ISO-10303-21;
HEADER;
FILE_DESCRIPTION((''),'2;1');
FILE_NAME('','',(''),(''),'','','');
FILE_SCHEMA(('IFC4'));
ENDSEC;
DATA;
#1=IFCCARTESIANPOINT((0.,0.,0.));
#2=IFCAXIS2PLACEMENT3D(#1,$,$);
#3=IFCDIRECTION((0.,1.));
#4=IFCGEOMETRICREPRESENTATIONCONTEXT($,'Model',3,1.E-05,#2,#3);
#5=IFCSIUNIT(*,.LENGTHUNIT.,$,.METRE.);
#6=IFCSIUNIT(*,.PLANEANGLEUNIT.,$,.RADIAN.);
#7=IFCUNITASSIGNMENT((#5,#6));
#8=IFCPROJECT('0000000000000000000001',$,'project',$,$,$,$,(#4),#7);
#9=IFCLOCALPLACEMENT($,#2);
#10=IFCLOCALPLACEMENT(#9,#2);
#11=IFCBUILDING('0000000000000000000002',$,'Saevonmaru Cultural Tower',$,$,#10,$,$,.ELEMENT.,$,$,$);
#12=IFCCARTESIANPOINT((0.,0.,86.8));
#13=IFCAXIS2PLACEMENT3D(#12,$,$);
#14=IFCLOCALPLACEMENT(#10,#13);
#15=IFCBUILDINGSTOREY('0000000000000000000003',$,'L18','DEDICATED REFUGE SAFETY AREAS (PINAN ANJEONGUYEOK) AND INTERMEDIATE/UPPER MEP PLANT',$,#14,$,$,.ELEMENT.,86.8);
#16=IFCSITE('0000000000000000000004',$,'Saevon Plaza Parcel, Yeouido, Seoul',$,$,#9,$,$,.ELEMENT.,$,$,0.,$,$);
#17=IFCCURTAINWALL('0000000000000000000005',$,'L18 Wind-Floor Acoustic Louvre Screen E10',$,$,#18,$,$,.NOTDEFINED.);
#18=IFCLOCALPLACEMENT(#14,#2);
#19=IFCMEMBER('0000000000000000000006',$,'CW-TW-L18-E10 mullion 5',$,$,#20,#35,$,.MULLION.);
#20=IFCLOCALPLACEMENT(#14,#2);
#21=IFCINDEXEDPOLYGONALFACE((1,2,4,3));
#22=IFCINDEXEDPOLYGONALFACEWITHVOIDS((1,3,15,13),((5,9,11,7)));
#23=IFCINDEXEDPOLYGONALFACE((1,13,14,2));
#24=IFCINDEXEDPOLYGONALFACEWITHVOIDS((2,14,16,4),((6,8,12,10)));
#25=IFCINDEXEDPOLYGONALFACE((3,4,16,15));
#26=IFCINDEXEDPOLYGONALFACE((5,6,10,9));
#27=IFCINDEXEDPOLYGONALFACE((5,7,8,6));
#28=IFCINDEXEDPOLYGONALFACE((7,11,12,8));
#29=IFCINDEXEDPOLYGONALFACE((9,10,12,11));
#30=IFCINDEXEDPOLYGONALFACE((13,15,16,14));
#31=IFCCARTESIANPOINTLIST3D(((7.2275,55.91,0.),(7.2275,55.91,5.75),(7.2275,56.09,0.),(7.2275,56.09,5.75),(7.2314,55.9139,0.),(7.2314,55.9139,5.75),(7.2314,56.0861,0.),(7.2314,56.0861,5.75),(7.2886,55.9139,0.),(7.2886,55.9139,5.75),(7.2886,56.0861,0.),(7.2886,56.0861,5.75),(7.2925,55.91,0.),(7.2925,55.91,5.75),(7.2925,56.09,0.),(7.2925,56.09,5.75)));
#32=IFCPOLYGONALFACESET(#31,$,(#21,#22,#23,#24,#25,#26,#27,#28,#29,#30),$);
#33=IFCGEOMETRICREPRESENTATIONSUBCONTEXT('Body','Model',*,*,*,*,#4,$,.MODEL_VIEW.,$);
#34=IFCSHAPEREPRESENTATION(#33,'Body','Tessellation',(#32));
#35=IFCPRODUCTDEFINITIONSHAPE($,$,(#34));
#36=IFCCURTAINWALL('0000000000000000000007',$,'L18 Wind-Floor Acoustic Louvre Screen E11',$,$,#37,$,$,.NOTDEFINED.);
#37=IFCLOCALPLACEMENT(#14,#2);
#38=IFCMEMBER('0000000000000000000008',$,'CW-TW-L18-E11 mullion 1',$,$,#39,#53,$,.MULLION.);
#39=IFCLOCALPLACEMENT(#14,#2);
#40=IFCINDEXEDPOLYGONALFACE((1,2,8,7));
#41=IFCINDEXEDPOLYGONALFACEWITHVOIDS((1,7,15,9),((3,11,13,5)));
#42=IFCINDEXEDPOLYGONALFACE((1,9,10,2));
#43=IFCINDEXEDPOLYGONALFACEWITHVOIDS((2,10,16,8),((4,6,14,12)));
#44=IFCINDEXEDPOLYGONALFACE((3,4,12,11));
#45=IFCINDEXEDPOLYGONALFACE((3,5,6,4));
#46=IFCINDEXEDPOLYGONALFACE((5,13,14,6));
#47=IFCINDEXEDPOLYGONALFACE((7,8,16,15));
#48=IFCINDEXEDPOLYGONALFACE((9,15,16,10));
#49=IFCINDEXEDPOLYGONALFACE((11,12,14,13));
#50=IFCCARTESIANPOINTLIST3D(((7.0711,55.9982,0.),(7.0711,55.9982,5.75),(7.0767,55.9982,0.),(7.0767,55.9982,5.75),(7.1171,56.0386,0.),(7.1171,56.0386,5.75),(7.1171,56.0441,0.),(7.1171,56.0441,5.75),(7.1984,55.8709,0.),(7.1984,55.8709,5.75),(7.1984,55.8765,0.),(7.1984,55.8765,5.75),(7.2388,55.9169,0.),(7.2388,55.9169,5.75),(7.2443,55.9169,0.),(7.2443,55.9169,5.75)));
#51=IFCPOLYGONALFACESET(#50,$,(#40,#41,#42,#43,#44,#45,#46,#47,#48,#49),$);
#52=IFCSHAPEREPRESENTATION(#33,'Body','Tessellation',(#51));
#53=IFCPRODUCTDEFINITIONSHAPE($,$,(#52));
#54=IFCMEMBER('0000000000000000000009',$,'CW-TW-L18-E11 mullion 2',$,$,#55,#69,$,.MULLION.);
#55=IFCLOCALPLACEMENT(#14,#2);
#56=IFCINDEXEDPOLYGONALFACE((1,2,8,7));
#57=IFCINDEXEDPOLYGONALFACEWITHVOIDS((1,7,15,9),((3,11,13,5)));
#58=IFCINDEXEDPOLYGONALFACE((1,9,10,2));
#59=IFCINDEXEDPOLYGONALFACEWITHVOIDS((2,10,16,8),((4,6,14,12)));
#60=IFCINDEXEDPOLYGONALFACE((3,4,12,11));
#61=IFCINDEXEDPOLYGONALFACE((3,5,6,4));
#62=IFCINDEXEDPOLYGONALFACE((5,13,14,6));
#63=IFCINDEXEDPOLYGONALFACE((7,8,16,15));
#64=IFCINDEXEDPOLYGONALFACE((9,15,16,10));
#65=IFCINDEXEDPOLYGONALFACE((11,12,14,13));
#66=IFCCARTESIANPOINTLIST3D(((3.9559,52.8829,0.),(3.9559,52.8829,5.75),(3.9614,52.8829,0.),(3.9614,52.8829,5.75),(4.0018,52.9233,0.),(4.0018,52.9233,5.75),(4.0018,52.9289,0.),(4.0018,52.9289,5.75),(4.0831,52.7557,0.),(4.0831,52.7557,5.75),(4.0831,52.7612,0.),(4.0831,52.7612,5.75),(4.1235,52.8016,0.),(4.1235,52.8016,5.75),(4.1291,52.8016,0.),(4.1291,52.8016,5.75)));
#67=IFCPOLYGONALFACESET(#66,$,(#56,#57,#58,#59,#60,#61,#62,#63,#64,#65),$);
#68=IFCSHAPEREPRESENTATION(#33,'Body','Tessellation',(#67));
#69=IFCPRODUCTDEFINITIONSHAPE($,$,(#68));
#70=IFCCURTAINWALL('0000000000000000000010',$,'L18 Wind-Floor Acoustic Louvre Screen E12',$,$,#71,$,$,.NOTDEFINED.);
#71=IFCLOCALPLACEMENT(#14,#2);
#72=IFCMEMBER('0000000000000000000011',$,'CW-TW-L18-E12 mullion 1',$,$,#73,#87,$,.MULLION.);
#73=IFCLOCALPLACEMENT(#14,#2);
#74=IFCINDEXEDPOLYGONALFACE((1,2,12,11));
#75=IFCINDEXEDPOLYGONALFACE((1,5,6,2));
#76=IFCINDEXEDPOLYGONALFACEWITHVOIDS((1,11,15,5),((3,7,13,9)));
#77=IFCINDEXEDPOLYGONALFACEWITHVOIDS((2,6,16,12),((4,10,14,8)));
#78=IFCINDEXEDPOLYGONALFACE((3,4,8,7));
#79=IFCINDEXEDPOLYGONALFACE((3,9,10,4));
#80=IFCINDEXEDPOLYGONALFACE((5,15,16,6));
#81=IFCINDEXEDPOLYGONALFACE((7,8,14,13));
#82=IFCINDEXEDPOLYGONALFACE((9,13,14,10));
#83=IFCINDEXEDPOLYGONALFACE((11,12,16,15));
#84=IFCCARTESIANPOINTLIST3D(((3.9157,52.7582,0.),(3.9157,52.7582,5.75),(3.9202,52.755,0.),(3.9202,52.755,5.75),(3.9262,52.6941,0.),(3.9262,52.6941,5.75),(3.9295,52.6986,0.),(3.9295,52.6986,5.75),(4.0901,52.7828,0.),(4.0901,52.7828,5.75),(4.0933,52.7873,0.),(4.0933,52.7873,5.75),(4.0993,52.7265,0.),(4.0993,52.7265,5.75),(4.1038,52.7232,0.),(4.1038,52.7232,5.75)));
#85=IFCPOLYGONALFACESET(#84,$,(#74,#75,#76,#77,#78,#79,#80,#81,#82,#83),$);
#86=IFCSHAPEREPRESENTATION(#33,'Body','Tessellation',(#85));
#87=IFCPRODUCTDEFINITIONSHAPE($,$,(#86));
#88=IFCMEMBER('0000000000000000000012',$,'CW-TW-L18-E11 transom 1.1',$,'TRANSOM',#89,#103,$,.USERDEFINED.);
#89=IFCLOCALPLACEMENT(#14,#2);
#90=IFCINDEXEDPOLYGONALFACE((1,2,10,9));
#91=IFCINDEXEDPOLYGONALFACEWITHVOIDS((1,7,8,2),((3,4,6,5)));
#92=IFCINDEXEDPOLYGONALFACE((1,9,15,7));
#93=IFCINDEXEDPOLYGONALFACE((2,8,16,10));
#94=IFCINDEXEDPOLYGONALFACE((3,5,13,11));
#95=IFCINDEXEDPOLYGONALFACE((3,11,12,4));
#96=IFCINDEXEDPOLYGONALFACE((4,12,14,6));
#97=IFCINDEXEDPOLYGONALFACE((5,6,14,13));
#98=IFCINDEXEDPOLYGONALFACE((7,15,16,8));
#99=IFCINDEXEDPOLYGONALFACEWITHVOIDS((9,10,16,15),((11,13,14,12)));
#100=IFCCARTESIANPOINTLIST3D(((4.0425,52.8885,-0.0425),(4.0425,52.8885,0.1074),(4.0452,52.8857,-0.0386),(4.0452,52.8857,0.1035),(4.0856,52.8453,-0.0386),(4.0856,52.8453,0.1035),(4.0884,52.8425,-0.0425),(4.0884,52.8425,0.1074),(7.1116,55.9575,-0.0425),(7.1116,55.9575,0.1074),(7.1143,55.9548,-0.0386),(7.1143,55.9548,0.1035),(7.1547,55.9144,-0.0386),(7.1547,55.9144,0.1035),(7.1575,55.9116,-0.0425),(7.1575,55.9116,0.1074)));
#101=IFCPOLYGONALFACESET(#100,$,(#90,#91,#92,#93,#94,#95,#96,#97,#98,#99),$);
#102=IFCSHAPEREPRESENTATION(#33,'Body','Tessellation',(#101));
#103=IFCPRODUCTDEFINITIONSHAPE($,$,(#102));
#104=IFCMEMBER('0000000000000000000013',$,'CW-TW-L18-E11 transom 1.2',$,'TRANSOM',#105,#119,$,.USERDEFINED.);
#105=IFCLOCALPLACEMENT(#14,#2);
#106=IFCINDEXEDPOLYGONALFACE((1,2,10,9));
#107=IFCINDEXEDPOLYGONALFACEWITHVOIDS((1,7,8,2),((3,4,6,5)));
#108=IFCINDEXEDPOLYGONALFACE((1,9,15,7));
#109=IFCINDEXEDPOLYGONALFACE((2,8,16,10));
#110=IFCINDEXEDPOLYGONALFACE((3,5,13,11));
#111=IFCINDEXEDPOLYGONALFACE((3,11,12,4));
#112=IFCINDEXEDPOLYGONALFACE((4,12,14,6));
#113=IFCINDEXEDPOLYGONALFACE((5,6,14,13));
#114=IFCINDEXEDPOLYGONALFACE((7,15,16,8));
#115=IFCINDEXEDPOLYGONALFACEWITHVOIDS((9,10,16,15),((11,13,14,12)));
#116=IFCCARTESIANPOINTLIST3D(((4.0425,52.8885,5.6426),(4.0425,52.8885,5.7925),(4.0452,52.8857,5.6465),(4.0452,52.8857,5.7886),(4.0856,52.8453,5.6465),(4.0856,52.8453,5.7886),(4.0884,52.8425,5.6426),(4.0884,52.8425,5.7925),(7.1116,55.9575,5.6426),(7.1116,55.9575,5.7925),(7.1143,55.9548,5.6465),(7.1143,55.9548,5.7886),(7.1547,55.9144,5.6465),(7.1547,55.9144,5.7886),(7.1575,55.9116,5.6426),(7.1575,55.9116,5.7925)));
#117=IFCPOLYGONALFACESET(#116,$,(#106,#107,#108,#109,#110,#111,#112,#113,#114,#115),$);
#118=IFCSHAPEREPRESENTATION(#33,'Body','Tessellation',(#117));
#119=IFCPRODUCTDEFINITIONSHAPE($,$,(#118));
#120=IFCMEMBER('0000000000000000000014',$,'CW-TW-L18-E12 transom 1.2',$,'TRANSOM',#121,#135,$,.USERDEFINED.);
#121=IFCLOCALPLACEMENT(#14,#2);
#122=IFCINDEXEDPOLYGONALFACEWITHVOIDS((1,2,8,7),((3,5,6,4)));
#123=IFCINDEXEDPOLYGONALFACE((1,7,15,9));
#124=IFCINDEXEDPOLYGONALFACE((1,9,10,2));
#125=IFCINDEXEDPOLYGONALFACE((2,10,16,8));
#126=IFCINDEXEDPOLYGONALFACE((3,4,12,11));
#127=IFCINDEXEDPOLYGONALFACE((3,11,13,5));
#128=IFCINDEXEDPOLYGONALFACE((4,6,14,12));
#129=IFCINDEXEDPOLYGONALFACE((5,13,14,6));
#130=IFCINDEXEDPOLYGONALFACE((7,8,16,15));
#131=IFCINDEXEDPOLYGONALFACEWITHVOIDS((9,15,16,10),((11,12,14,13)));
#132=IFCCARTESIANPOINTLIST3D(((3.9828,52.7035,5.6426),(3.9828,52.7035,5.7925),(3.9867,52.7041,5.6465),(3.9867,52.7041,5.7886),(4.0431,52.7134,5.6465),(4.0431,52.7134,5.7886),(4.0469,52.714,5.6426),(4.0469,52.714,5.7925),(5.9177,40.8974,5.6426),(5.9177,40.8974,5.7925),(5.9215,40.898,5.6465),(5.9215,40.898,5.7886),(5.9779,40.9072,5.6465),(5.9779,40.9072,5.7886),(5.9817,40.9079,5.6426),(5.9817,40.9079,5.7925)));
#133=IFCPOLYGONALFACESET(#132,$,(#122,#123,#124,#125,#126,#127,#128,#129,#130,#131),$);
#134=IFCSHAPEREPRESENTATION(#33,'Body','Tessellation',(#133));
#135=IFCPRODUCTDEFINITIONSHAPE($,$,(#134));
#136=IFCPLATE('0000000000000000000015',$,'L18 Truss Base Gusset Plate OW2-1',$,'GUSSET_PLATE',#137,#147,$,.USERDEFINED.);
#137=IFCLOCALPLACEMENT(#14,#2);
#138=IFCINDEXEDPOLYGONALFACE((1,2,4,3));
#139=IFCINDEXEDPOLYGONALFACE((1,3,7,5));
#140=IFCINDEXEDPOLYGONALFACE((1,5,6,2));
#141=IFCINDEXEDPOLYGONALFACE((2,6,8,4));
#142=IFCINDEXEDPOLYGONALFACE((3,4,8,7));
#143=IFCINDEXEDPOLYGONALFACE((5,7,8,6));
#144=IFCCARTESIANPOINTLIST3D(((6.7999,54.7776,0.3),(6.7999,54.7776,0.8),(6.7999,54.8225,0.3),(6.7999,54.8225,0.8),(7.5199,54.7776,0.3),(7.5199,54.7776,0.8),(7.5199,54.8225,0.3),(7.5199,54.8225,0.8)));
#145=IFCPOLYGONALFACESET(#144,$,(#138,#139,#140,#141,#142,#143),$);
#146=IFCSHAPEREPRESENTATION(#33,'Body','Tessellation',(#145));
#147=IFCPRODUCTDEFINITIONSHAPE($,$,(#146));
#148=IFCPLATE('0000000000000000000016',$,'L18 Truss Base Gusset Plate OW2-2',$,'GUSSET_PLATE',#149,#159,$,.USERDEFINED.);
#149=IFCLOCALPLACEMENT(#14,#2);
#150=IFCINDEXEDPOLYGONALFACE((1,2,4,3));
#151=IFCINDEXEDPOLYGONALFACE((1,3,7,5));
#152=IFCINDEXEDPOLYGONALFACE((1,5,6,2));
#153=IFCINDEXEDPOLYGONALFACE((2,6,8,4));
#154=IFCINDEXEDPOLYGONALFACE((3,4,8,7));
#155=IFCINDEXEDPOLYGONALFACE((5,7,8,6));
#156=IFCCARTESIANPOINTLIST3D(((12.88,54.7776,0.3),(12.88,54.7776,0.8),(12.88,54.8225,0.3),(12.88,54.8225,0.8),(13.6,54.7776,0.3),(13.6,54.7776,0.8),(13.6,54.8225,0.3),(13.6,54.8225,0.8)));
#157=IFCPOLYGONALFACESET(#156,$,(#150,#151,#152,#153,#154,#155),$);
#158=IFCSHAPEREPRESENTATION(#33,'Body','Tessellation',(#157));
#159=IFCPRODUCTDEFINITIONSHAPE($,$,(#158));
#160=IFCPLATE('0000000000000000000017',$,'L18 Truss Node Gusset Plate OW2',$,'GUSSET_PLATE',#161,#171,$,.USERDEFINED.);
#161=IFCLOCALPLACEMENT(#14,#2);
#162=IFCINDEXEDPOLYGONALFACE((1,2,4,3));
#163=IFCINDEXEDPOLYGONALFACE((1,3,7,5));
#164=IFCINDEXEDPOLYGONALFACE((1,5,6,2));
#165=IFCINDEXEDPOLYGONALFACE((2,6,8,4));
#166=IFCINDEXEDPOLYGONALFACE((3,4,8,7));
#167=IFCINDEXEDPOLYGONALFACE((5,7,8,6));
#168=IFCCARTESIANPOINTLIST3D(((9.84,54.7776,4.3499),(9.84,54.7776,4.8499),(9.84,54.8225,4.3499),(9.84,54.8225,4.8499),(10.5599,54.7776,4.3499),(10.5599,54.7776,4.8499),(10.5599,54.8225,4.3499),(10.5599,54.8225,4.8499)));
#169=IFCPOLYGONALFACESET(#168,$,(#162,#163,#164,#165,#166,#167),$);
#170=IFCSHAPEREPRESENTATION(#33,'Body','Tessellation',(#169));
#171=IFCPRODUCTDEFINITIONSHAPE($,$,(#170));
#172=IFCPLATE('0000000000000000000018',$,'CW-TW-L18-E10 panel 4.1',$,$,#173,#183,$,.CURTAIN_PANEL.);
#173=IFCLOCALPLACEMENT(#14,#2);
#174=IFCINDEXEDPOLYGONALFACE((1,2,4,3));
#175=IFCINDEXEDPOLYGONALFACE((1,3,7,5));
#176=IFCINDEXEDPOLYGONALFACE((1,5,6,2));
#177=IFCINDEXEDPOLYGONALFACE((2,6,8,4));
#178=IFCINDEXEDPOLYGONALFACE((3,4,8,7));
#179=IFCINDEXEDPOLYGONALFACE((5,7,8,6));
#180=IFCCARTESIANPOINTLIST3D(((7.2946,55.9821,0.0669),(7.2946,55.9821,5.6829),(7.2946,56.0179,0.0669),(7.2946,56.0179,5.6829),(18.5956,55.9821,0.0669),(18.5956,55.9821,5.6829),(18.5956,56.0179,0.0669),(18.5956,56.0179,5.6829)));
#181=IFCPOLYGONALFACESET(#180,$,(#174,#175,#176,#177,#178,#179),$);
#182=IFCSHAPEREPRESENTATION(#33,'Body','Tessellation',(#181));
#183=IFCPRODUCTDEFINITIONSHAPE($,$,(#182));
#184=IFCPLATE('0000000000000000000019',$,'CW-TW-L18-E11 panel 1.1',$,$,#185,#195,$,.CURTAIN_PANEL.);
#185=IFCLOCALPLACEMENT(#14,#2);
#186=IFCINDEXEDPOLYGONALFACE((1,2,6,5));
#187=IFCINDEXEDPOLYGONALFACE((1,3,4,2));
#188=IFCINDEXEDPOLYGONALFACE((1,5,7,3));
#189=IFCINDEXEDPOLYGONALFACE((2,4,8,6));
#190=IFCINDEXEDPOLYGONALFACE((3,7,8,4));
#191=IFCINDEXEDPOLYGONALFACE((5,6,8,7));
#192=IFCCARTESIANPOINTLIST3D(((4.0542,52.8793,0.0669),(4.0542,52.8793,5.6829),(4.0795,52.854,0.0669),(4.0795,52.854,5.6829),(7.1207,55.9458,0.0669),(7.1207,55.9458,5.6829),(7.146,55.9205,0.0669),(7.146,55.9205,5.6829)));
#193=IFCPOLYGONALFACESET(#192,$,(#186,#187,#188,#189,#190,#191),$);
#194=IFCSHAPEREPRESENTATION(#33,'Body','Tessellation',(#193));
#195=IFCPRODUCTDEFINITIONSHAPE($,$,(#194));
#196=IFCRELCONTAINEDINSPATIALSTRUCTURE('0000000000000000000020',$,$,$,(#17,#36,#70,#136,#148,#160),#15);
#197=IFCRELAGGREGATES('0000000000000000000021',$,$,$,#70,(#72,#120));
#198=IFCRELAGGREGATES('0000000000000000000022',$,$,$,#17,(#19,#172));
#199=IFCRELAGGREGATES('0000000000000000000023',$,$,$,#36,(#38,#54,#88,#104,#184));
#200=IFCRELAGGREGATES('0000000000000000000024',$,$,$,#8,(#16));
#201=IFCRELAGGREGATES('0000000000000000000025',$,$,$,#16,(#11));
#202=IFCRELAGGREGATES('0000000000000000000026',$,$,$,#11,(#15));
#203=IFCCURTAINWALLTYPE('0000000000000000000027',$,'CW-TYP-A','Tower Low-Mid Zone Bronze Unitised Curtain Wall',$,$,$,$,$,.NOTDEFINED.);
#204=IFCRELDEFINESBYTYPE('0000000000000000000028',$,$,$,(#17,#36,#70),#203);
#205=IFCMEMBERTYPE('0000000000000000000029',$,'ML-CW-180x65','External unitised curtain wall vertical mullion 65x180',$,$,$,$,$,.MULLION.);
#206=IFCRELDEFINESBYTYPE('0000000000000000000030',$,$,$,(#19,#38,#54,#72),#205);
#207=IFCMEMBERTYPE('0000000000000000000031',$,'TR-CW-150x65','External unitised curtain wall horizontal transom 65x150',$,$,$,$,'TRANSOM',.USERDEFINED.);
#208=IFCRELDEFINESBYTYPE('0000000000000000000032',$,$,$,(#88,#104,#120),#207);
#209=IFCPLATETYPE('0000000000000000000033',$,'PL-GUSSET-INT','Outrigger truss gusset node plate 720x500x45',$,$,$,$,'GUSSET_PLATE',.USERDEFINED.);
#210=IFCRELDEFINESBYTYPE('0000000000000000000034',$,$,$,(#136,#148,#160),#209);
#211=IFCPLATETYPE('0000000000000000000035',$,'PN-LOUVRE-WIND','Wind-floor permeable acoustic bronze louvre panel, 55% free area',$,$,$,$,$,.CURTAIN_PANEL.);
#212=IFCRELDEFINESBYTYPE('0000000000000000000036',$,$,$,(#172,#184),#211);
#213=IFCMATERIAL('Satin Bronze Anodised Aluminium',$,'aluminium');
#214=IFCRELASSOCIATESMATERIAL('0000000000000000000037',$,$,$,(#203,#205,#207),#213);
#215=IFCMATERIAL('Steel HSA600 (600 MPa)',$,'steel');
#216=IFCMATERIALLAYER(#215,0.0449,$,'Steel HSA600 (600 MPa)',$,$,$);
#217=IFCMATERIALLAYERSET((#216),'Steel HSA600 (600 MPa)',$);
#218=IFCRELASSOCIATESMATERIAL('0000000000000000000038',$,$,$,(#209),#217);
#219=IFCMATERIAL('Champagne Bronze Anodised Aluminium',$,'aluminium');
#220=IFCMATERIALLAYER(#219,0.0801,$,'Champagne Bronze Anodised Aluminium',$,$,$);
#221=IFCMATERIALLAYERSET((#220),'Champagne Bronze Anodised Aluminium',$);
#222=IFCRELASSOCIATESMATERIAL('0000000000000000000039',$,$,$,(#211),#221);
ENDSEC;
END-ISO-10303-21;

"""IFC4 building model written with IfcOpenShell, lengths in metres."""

from ifc_helpers import new_model, si_unit, direction, frame, origin, origin_2d, place, context, subcontext, project, spatial, rectangle, hollow_rectangle, extrude, material, layer, layer_set, material_profile, profile_set, type_object, element, aggregate, save


model = new_model("IFC4")

# Units and contexts
model_context = context("Model", 3, precision=1e-05, world=origin(), true_north=direction((0.0, 1.0)))
body_context = subcontext(model_context, "Body", "Model", "MODEL_VIEW")
ifc_project = project(units=[si_unit("LENGTHUNIT", "METRE"), si_unit("PLANEANGLEUNIT", "RADIAN")], contexts=[model_context])

# Site, building, storey
site_placement = place(None, origin())
site = spatial("IfcSite", under=ifc_project, at=site_placement, Name="Saevon Plaza Parcel, Yeouido, Seoul", CompositionType="ELEMENT", RefElevation=0.0)
building_placement = place(site_placement, origin())
building = spatial("IfcBuilding", under=site, at=building_placement, Name="Saevonmaru Cultural Tower", CompositionType="ELEMENT")
storey_placement = place(building_placement, frame((0.0, 0.0, 86.8)))
storey = spatial("IfcBuildingStorey", under=building, at=storey_placement, Name="L18", Description="DEDICATED REFUGE SAFETY AREAS (PINAN ANJEONGUYEOK) AND INTERMEDIATE/UPPER MEP PLANT", CompositionType="ELEMENT", Elevation=86.8)

# Shared definitions
ifc_material_1 = material(Name="Steel HSA600 (600 MPa)", Category="steel")

# Curtain wall, member
ifc_material_2 = material(Name="Satin Bronze Anodised Aluminium", Category="aluminium")
curtain_wall_type = type_object("IfcCurtainWallType", Name="CW-TYP-A", Description="Tower Low-Mid Zone Bronze Unitised Curtain Wall", PredefinedType="NOTDEFINED", material=ifc_material_2)
curtain_wall_1_placement = place(storey_placement, origin())
curtain_wall_1 = element("IfcCurtainWall", 1, at=curtain_wall_1_placement, inside=storey, type_object=curtain_wall_type, Name="L18 Wind-Floor Acoustic Louvre Screen E10", PredefinedType="NOTDEFINED")
ifc_material_profile_1 = material_profile(ifc_material_2, hollow_rectangle(XDim=0.0649, YDim=0.1799, WallThickness=0.0039, at=origin_2d()), Name="ALU-MULL-180x65x4")
ifc_profile_set_1 = profile_set([ifc_material_profile_1], Name="Satin Bronze Anodised Aluminium")
member_type_1 = type_object("IfcMemberType", Name="ML-CW-180x65", Description="External unitised curtain wall vertical mullion 65x180", PredefinedType="MULLION", material=ifc_profile_set_1)
member_1_placement = place(storey_placement, frame((7.26, 56.0, 0.0), z_axis=(0.0, 0.0, 1.0), x_axis=(-1.0, 0.0, 0.0)))
member_1 = element("IfcMember", 2, at=member_1_placement, type_object=member_type_1, Name="CW-TW-L18-E10 mullion 5", PredefinedType="MULLION", context=body_context, shape_type="SweptSolid", body=[
    extrude(hollow_rectangle(XDim=0.0649, YDim=0.1799, WallThickness=0.0039, at=origin_2d()), origin(), (0.0, 0.0, 1.0), 5.75),
])

# Curtain wall, members
curtain_wall_2_placement = place(storey_placement, origin())
curtain_wall_2 = element("IfcCurtainWall", 3, at=curtain_wall_2_placement, inside=storey, type_object=curtain_wall_type, Name="L18 Wind-Floor Acoustic Louvre Screen E11", PredefinedType="NOTDEFINED")
member_2_placement = place(storey_placement, frame((7.1577, 55.9575, 0.0), z_axis=(0.0, 0.0, 1.0), x_axis=(-0.707107, -0.707107, 0.0)))
member_2 = element("IfcMember", 4, at=member_2_placement, type_object=member_type_1, Name="CW-TW-L18-E11 mullion 1", PredefinedType="MULLION", context=body_context, shape_type="SweptSolid", body=[
    extrude(hollow_rectangle(XDim=0.0649, YDim=0.1799, WallThickness=0.0039, at=origin_2d()), origin(), (0.0, 0.0, 1.0), 5.75),
])
member_3_placement = place(storey_placement, frame((4.0425, 52.8423, 0.0), z_axis=(0.0, 0.0, 1.0), x_axis=(-0.707107, -0.707107, 0.0)))
member_3 = element("IfcMember", 5, at=member_3_placement, type_object=member_type_1, Name="CW-TW-L18-E11 mullion 2", PredefinedType="MULLION", context=body_context, shape_type="SweptSolid", body=[
    extrude(hollow_rectangle(XDim=0.0649, YDim=0.1799, WallThickness=0.0039, at=origin_2d()), origin(), (0.0, 0.0, 1.0), 5.75),
])

# Curtain wall, member
curtain_wall_3_placement = place(storey_placement, origin())
curtain_wall_3 = element("IfcCurtainWall", 6, at=curtain_wall_3_placement, inside=storey, type_object=curtain_wall_type, Name="L18 Wind-Floor Acoustic Louvre Screen E12", PredefinedType="NOTDEFINED")
member_4_placement = place(storey_placement, frame((4.0098, 52.7407, 0.0), z_axis=(0.0, 0.0, 1.0), x_axis=(0.161709, -0.986839, 0.0)))
member_4 = element("IfcMember", 7, at=member_4_placement, type_object=member_type_1, Name="CW-TW-L18-E12 mullion 1", PredefinedType="MULLION", context=body_context, shape_type="SweptSolid", body=[
    extrude(hollow_rectangle(XDim=0.0649, YDim=0.1799, WallThickness=0.0039, at=origin_2d()), origin(), (0.0, 0.0, 1.0), 5.75),
])

# Members
ifc_material_profile_2 = material_profile(ifc_material_2, hollow_rectangle(XDim=0.0649, YDim=0.1499, WallThickness=0.0039, at=origin_2d()), Name="ALU-TRAN-150x65x4")
ifc_profile_set_2 = profile_set([ifc_material_profile_2], Name="Satin Bronze Anodised Aluminium")
member_type_2 = type_object("IfcMemberType", Name="TR-CW-150x65", Description="External unitised curtain wall horizontal transom 65x150", ElementType="TRANSOM", PredefinedType="USERDEFINED", material=ifc_profile_set_2)
member_5_placement = place(storey_placement, frame((7.1345, 55.9346, 0.0325), z_axis=(-0.707107, -0.707107, 0.0), x_axis=(0.707107, -0.707107, 0.0)))
member_5 = element("IfcMember", 8, at=member_5_placement, type_object=member_type_2, Name="CW-TW-L18-E11 transom 1.1", ObjectType="TRANSOM", PredefinedType="USERDEFINED", context=body_context, shape_type="SweptSolid", body=[
    extrude(hollow_rectangle(XDim=0.0649, YDim=0.1499, WallThickness=0.0039, at=origin_2d()), origin(), (0.0, 0.0, 1.0), 4.3403),
])
member_6_placement = place(storey_placement, frame((7.1345, 55.9346, 5.7175), z_axis=(-0.707107, -0.707107, 0.0), x_axis=(0.707107, -0.707107, 0.0)))
member_6 = element("IfcMember", 9, at=member_6_placement, type_object=member_type_2, Name="CW-TW-L18-E11 transom 1.2", ObjectType="TRANSOM", PredefinedType="USERDEFINED", context=body_context, shape_type="SweptSolid", body=[
    extrude(hollow_rectangle(XDim=0.0649, YDim=0.1499, WallThickness=0.0039, at=origin_2d()), origin(), (0.0, 0.0, 1.0), 4.3403),
])
member_7_placement = place(storey_placement, frame((4.0149, 52.7087, 5.7175), z_axis=(0.161725, -0.986836, 0.0), x_axis=(0.986836, 0.161725, 0.0)))
member_7 = element("IfcMember", 10, at=member_7_placement, type_object=member_type_2, Name="CW-TW-L18-E12 transom 1.2", ObjectType="TRANSOM", PredefinedType="USERDEFINED", context=body_context, shape_type="SweptSolid", body=[
    extrude(hollow_rectangle(XDim=0.0649, YDim=0.1499, WallThickness=0.0039, at=origin_2d()), origin(), (0.0, 0.0, 1.0), 11.9636),
])
aggregate(curtain_wall_3, [member_4, member_7])

# Plates
ifc_layer_1 = layer(ifc_material_1, 0.0449, Name="Steel HSA600 (600 MPa)")
ifc_layer_set_1 = layer_set([ifc_layer_1], Name="Steel HSA600 (600 MPa)")
plate_type_1 = type_object("IfcPlateType", Name="PL-GUSSET-INT", Description="Outrigger truss gusset node plate 720x500x45", ElementType="GUSSET_PLATE", PredefinedType="USERDEFINED", material=ifc_layer_set_1)
for number, where, z_axis, x_axis, name in (
    (11, (7.1599, 54.8, 0.3), (0.0, 0.0, 1.0), (1.0, 0.0, 0.0), "L18 Truss Base Gusset Plate OW2-1"),
    (12, (13.24, 54.8, 0.3), (0.0, 0.0, 1.0), (1.0, 0.0, 0.0), "L18 Truss Base Gusset Plate OW2-2"),
    (13, (10.2, 54.8, 4.3499), (0.0, 0.0, 1.0), (1.0, 0.0, 0.0), "L18 Truss Node Gusset Plate OW2"),
):
    element("IfcPlate", number, at=place(storey_placement, frame(where, z_axis=z_axis, x_axis=x_axis)), inside=storey, type_object=plate_type_1, Name=name, ObjectType="GUSSET_PLATE", PredefinedType="USERDEFINED", context=body_context, shape_type="SweptSolid", body=[
        extrude(rectangle(XDim=0.72, YDim=0.0449, at=origin_2d()), origin(), (0.0, 0.0, 1.0), 0.5),
    ])

# Plates
ifc_material_3 = material(Name="Champagne Bronze Anodised Aluminium", Category="aluminium")
ifc_layer_2 = layer(ifc_material_3, 0.0801, Name="Champagne Bronze Anodised Aluminium")
ifc_layer_set_2 = layer_set([ifc_layer_2], Name="Champagne Bronze Anodised Aluminium")
plate_type_2 = type_object("IfcPlateType", Name="PN-LOUVRE-WIND", Description="Wind-floor permeable acoustic bronze louvre panel, 55% free area", PredefinedType="CURTAIN_PANEL", material=ifc_layer_set_2)
plate_1_placement = place(storey_placement, frame((12.9451, 56.0, 0.0669), z_axis=(0.0, 0.0, 1.0), x_axis=(-1.0, 0.0, 0.0)))
plate_1 = element("IfcPlate", 14, at=plate_1_placement, type_object=plate_type_2, Name="CW-TW-L18-E10 panel 4.1", PredefinedType="CURTAIN_PANEL", context=body_context, shape_type="SweptSolid", body=[
    extrude(rectangle(XDim=11.301, YDim=0.0359, at=origin_2d()), origin(), (0.0, 0.0, 1.0), 5.616),
])
aggregate(curtain_wall_1, [member_1, plate_1])
plate_2_placement = place(storey_placement, frame((5.6001, 54.3999, 0.0669), z_axis=(0.0, 0.0, 1.0), x_axis=(-0.707107, -0.707107, 0.0)))
plate_2 = element("IfcPlate", 15, at=plate_2_placement, type_object=plate_type_2, Name="CW-TW-L18-E11 panel 1.1", PredefinedType="CURTAIN_PANEL", context=body_context, shape_type="SweptSolid", body=[
    extrude(rectangle(XDim=4.3367, YDim=0.0359, at=origin_2d()), origin(), (0.0, 0.0, 1.0), 5.616),
])
aggregate(curtain_wall_2, [member_2, member_3, member_5, member_6, plate_2])

save(model, "model.ifc")
